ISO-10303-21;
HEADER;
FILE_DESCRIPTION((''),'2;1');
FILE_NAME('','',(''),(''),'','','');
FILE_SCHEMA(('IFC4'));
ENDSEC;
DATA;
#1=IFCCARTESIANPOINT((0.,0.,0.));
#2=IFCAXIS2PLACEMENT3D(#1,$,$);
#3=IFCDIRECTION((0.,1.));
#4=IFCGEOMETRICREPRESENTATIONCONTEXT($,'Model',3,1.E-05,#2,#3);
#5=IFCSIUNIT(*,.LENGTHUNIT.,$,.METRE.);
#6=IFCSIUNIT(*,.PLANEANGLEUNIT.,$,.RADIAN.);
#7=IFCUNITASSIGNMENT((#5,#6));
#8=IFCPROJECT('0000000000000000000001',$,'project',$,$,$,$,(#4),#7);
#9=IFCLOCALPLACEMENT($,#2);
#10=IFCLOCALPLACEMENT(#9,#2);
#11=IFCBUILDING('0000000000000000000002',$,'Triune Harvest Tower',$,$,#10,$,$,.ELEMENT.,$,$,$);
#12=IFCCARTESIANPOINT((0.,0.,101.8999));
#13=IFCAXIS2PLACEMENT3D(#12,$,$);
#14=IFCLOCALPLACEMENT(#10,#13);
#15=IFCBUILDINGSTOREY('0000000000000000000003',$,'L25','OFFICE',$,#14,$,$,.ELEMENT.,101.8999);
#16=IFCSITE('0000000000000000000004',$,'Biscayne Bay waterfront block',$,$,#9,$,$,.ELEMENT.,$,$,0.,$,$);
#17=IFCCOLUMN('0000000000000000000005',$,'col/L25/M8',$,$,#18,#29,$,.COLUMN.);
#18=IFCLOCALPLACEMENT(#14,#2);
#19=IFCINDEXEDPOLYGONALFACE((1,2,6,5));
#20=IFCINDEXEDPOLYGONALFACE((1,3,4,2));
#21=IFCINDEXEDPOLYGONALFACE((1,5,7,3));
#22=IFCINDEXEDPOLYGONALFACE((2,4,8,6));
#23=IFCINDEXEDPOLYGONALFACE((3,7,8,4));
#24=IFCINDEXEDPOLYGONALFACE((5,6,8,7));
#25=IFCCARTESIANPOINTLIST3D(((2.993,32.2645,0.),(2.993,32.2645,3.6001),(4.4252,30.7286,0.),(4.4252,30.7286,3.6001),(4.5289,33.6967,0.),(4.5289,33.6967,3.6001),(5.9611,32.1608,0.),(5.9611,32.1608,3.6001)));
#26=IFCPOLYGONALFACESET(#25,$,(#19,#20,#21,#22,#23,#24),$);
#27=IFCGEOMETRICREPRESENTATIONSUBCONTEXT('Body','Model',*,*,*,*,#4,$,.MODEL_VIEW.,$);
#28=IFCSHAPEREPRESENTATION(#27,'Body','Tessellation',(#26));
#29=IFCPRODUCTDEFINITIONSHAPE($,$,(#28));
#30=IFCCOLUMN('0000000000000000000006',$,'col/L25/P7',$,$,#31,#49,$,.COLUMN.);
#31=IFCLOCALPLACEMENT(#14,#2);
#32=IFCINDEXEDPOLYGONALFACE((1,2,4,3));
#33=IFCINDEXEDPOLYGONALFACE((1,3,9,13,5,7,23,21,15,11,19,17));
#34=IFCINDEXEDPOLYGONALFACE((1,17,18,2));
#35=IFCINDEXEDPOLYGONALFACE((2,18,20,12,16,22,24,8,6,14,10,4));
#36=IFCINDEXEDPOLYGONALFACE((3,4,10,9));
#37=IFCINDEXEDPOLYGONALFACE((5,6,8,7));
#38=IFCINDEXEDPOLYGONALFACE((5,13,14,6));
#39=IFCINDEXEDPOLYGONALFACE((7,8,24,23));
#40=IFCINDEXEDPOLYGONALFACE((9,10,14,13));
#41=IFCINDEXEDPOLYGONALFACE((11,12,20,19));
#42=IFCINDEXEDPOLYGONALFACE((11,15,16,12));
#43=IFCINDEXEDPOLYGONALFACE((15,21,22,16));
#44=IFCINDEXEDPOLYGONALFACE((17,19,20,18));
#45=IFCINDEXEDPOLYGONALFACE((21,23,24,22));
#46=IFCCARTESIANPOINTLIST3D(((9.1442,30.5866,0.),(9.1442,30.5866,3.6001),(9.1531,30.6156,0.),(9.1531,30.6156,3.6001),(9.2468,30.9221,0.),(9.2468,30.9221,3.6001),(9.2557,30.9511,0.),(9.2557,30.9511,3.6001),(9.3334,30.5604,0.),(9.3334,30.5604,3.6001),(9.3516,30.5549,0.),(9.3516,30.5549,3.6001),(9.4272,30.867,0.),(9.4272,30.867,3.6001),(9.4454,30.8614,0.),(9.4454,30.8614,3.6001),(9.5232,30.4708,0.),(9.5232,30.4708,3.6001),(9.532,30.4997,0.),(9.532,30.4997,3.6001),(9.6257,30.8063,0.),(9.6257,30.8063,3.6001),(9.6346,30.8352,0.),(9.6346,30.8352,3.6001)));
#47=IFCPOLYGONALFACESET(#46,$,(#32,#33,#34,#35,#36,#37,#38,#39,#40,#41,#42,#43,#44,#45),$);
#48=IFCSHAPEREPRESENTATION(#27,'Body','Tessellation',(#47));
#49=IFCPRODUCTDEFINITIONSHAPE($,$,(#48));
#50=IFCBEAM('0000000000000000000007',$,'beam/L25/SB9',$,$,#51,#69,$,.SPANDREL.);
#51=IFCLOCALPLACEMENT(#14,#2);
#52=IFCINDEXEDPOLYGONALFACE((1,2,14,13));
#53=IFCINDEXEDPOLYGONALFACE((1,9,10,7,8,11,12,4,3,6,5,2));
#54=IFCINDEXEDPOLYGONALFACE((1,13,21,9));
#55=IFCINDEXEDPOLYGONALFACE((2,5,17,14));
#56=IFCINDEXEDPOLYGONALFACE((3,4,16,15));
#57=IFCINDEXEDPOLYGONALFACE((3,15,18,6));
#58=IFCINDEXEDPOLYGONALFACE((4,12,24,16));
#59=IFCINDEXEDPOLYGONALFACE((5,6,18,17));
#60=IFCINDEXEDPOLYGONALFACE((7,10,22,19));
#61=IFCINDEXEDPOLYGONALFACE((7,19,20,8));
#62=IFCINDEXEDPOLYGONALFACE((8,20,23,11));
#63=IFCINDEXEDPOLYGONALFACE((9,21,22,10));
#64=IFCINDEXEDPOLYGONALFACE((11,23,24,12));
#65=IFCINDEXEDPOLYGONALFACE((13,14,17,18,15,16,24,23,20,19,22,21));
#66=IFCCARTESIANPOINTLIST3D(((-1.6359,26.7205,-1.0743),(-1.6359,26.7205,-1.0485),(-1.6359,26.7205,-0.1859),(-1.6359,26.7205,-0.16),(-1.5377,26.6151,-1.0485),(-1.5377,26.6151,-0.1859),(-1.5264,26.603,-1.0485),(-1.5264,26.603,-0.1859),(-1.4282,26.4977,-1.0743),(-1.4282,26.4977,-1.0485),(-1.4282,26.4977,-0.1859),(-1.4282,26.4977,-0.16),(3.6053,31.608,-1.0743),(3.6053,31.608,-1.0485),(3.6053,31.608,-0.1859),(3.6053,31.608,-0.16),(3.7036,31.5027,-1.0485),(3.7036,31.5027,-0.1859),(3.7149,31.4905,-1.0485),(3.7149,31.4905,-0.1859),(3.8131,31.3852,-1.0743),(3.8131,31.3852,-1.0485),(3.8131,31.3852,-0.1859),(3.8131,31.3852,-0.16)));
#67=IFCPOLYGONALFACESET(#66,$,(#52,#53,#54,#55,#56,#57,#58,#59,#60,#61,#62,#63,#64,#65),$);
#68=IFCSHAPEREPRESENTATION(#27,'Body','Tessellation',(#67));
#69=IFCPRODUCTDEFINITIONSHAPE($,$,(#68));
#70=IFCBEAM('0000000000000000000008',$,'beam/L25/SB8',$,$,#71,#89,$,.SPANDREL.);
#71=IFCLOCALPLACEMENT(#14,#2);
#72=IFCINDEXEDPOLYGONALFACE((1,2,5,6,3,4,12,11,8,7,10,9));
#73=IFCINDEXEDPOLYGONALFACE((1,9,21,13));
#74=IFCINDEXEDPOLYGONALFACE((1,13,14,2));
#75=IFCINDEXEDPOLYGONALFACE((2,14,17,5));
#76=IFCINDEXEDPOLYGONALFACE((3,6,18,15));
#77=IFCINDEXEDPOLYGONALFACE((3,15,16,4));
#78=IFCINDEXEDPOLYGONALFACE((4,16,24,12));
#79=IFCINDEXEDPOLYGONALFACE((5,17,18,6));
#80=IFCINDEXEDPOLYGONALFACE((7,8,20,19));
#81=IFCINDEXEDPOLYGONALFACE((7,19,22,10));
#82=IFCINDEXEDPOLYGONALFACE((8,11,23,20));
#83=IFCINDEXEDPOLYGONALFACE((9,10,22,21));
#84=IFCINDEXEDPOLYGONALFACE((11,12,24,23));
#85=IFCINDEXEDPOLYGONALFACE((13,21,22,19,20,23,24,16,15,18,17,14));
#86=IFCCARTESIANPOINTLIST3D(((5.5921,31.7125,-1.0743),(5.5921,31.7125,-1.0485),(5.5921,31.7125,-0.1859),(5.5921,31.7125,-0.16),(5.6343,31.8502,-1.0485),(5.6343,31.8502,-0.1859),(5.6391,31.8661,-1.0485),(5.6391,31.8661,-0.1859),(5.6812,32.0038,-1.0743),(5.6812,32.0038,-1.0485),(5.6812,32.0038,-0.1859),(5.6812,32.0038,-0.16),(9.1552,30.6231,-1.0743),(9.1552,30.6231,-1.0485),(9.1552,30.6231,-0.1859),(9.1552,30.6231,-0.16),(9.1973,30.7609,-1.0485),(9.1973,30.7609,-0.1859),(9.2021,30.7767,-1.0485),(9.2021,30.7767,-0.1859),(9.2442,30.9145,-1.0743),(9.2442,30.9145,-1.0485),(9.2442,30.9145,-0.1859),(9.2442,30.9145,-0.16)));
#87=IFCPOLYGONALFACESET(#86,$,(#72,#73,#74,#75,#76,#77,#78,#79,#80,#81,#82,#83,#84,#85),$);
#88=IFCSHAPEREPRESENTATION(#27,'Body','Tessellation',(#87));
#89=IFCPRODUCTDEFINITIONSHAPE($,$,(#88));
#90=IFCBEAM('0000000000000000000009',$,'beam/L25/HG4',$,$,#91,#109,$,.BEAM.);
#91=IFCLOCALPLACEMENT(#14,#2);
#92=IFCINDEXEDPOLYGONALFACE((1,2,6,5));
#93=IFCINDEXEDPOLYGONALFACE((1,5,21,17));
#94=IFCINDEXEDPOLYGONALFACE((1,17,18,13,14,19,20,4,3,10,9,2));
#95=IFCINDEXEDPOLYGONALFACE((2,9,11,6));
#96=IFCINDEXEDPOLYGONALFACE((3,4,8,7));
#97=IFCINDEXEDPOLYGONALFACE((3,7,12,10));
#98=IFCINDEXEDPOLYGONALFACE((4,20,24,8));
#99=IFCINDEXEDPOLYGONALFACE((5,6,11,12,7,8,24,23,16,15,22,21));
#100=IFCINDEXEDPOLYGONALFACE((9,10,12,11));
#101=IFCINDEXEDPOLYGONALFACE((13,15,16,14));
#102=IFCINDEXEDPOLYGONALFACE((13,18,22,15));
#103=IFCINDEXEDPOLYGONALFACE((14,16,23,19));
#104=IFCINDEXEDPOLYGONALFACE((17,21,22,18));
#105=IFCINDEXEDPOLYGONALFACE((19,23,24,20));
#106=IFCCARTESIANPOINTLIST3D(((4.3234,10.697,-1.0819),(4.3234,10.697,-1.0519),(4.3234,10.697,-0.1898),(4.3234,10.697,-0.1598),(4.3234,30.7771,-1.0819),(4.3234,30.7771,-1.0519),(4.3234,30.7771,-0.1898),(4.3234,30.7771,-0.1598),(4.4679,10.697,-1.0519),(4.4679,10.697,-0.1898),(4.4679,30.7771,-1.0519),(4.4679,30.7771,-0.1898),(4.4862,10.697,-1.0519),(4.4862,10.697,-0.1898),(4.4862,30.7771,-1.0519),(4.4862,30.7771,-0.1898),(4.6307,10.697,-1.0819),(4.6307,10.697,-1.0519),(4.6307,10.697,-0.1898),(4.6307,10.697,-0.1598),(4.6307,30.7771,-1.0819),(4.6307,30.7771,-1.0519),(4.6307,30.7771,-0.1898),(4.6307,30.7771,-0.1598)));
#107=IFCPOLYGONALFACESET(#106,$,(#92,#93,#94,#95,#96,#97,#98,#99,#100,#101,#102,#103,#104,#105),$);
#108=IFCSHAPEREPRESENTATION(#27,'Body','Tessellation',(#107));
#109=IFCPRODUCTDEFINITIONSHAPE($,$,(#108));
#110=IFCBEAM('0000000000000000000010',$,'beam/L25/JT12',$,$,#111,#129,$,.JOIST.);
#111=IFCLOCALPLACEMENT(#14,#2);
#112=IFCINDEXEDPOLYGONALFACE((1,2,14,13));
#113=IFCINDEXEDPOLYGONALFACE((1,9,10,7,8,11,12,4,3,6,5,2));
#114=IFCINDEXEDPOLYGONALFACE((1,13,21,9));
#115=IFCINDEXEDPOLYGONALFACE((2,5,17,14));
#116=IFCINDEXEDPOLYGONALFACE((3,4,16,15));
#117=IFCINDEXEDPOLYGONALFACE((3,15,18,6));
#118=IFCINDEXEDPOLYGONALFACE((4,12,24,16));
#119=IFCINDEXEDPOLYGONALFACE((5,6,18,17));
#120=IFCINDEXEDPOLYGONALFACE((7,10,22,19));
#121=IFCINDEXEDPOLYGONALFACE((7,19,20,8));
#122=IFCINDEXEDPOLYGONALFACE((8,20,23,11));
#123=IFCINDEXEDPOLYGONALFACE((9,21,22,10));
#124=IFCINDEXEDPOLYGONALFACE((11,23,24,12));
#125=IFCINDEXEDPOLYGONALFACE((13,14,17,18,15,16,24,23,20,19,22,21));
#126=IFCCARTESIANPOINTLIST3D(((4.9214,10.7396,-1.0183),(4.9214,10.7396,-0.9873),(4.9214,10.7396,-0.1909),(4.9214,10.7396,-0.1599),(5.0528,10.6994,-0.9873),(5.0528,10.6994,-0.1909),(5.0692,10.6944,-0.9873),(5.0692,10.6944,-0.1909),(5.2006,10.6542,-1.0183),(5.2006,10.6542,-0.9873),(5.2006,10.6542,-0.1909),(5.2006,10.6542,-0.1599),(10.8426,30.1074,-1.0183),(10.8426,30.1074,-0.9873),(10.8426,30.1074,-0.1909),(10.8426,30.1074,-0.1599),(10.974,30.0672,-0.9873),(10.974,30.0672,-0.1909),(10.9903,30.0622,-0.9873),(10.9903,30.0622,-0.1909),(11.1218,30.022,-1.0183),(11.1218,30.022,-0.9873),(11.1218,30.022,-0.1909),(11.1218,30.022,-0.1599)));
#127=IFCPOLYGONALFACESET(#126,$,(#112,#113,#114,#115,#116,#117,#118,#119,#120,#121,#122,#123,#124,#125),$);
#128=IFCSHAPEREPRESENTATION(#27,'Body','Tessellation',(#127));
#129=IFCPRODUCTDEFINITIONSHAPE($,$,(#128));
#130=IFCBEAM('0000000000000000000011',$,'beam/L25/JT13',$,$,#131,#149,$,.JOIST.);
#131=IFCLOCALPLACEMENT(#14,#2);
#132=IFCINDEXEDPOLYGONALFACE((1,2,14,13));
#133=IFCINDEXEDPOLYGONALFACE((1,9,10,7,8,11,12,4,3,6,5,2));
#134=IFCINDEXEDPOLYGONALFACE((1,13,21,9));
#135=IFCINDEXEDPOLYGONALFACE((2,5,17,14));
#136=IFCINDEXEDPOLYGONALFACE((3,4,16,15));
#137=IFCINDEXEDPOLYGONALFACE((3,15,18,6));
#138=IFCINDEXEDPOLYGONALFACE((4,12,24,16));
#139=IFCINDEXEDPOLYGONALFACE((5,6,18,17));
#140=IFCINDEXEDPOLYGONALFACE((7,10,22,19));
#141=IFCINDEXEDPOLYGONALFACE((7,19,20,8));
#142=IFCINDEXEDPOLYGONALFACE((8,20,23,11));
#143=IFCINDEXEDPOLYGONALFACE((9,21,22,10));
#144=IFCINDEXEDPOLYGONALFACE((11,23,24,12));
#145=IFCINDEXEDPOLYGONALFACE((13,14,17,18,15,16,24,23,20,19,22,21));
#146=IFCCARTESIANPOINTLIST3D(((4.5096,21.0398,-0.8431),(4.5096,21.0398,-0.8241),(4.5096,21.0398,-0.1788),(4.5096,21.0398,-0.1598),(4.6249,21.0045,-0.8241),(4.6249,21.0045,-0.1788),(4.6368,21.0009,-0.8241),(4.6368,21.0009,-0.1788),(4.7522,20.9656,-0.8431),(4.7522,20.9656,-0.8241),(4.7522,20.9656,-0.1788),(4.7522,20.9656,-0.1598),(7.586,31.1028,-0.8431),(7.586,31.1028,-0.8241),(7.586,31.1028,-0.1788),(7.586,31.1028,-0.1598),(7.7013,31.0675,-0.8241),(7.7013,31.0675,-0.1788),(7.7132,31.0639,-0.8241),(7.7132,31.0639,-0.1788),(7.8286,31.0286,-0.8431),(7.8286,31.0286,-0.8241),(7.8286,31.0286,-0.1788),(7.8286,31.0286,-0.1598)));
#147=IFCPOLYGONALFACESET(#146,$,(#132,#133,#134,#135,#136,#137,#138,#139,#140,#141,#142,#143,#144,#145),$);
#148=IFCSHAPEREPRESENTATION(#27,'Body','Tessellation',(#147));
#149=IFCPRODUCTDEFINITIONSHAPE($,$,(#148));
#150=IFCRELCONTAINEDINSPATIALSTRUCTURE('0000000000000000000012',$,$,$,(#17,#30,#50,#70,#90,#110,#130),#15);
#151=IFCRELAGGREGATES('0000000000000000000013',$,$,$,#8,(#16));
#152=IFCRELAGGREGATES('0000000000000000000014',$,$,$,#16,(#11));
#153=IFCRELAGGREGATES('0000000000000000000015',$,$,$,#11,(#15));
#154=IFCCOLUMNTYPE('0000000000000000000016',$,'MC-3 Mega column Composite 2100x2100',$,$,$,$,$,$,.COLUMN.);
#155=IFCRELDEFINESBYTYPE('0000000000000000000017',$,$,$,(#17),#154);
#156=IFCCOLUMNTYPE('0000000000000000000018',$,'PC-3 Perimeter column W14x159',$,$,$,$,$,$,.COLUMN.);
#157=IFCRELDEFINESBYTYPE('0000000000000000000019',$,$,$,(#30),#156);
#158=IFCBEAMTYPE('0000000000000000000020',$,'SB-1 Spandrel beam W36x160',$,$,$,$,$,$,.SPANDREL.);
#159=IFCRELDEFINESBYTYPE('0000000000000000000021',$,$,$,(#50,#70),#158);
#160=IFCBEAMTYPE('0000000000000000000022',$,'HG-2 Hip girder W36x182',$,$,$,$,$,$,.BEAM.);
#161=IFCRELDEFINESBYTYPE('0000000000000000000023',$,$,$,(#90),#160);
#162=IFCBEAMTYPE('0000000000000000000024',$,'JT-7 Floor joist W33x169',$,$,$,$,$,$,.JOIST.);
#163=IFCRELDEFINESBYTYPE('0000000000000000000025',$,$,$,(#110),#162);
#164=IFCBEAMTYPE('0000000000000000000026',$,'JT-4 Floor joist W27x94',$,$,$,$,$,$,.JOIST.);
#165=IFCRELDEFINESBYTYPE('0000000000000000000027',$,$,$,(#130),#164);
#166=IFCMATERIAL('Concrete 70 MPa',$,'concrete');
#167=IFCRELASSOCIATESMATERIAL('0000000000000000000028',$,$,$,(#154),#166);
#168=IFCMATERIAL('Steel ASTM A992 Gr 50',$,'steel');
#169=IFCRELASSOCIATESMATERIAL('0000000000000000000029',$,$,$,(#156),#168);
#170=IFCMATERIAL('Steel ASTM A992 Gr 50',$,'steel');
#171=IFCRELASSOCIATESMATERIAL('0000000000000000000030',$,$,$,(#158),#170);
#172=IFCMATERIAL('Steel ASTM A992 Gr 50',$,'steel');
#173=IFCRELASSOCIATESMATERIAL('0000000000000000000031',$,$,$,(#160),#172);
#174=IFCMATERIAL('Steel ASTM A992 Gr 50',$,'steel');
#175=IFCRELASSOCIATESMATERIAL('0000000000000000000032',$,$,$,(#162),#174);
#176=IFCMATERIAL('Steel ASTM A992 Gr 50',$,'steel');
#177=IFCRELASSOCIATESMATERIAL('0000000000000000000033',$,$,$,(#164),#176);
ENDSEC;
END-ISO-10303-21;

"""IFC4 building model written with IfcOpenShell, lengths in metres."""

from ifc_helpers import new_model, si_unit, direction, frame, origin, origin_2d, place, context, subcontext, project, spatial, rectangle, i_section, extrude, source, transform, mapped, material, material_profile, profile_set, type_object, element, save


model = new_model("IFC4")

# Units and contexts
model_context = context("Model", 3, precision=1e-05, world=origin(), true_north=direction((0.0, 1.0)))
body_context = subcontext(model_context, "Body", "Model", "MODEL_VIEW")
ifc_project = project(units=[si_unit("LENGTHUNIT", "METRE"), si_unit("PLANEANGLEUNIT", "RADIAN")], contexts=[model_context])

# Site, building, storey
site_placement = place(None, origin())
site = spatial("IfcSite", under=ifc_project, at=site_placement, Name="Biscayne Bay waterfront block", CompositionType="ELEMENT", RefElevation=0.0)
building_placement = place(site_placement, origin())
building = spatial("IfcBuilding", under=site, at=building_placement, Name="Triune Harvest Tower", CompositionType="ELEMENT")
storey_placement = place(building_placement, frame((0.0, 0.0, 101.8999)))
storey = spatial("IfcBuildingStorey", under=building, at=storey_placement, Name="L25", Description="OFFICE", CompositionType="ELEMENT", Elevation=101.8999)

# Columns
ifc_material_1 = material(Name="Concrete 70 MPa", Category="concrete")
ifc_material_profile_1 = material_profile(ifc_material_1, rectangle(XDim=2.1001, YDim=2.1001, at=origin_2d()), Name="Composite 2100x2100")
ifc_profile_set_1 = profile_set([ifc_material_profile_1], Name="Concrete 70 MPa")
column_type_1 = type_object("IfcColumnType", Name="MC-3 Mega column Composite 2100x2100", PredefinedType="COLUMN", material=ifc_profile_set_1)
shared_shape_1 = source(origin(), body_context, "Body", "SweptSolid", [
    extrude(rectangle(XDim=2.1001, YDim=2.1001, at=origin_2d()), origin(), (0.0, 0.0, 1.0), 3.6001),
])
column_1_placement = place(storey_placement, frame((4.4771, 32.2126, 0.0), z_axis=(0.0, 0.0, 1.0), x_axis=(-0.731355, -0.681997, 0.0)))
element("IfcColumn", 1, at=column_1_placement, inside=storey, type_object=column_type_1, Name="col/L25/M8", PredefinedType="COLUMN", context=body_context, shape_type="MappedRepresentation", body=[
    mapped(shared_shape_1, transform((0.0, 0.0, 0.0), scale=1.0)),
])
ifc_material_2 = material(Name="Steel ASTM A992 Gr 50", Category="steel")
ifc_material_profile_2 = material_profile(ifc_material_2, i_section(OverallWidth=0.3962, OverallDepth=0.3811, WebThickness=0.019, FlangeThickness=0.0303, at=origin_2d()), Name="W14x159")
ifc_profile_set_2 = profile_set([ifc_material_profile_2], Name="Steel ASTM A992 Gr 50")
column_type_2 = type_object("IfcColumnType", Name="PC-3 Perimeter column W14x159", PredefinedType="COLUMN", material=ifc_profile_set_2)
shared_shape_2 = source(origin(), body_context, "Body", "SweptSolid", [
    extrude(i_section(OverallWidth=0.3962, OverallDepth=0.3811, WebThickness=0.019, FlangeThickness=0.0303, at=origin_2d()), origin(), (0.0, 0.0, 1.0), 3.6001),
])
column_2_placement = place(storey_placement, frame((9.3894, 30.7109, 0.0), z_axis=(0.0, 0.0, 1.0), x_axis=(-0.956305, 0.292372, 0.0)))
element("IfcColumn", 2, at=column_2_placement, inside=storey, type_object=column_type_2, Name="col/L25/P7", PredefinedType="COLUMN", context=body_context, shape_type="MappedRepresentation", body=[
    mapped(shared_shape_2, transform((0.0, 0.0, 0.0), scale=1.0)),
])

# Beams
ifc_material_3 = material(Name="Steel ASTM A992 Gr 50", Category="steel")
ifc_material_profile_3 = material_profile(ifc_material_3, i_section(OverallWidth=0.3047, OverallDepth=0.9143, WebThickness=0.0166, FlangeThickness=0.0259, at=origin_2d()), Name="W36x160")
ifc_profile_set_3 = profile_set([ifc_material_profile_3], Name="Steel ASTM A992 Gr 50")
beam_type_1 = type_object("IfcBeamType", Name="SB-1 Spandrel beam W36x160", PredefinedType="SPANDREL", material=ifc_profile_set_3)
shared_shape_3 = source(origin(), body_context, "Body", "SweptSolid", [
    extrude(i_section(OverallWidth=0.3047, OverallDepth=0.9143, WebThickness=0.0166, FlangeThickness=0.0259, at=origin_2d()), origin(), (0.0, 0.0, 1.0), 7.1665),
])
beam_1_placement = place(storey_placement, frame((3.7092, 31.4966, -0.6172), z_axis=(-0.731358, -0.681994, 0.0), x_axis=(0.681994, -0.731358, 0.0)))
element("IfcBeam", 3, at=beam_1_placement, inside=storey, type_object=beam_type_1, Name="beam/L25/SB9", PredefinedType="SPANDREL", context=body_context, shape_type="MappedRepresentation", body=[
    mapped(shared_shape_3, transform((0.0, 0.0, 0.0), scale=1.0)),
])
shared_shape_4 = source(origin(), body_context, "Body", "SweptSolid", [
    extrude(i_section(OverallWidth=0.3047, OverallDepth=0.9143, WebThickness=0.0166, FlangeThickness=0.0259, at=origin_2d()), origin(), (0.0, 0.0, 1.0), 3.7258),
])
beam_2_placement = place(storey_placement, frame((9.1997, 30.7688, -0.6172), z_axis=(-0.956302, 0.292382, 0.0), x_axis=(-0.292382, -0.956302, 0.0)))
element("IfcBeam", 4, at=beam_2_placement, inside=storey, type_object=beam_type_1, Name="beam/L25/SB8", PredefinedType="SPANDREL", context=body_context, shape_type="MappedRepresentation", body=[
    mapped(shared_shape_4, transform((0.0, 0.0, 0.0), scale=1.0)),
])
ifc_material_4 = material(Name="Steel ASTM A992 Gr 50", Category="steel")
ifc_material_profile_4 = material_profile(ifc_material_4, i_section(OverallWidth=0.3074, OverallDepth=0.9221, WebThickness=0.0183, FlangeThickness=0.03, at=origin_2d()), Name="W36x182")
ifc_profile_set_4 = profile_set([ifc_material_profile_4], Name="Steel ASTM A992 Gr 50")
beam_type_2 = type_object("IfcBeamType", Name="HG-2 Hip girder W36x182", PredefinedType="BEAM", material=ifc_profile_set_4)
shared_shape_5 = source(origin(), body_context, "Body", "SweptSolid", [
    extrude(i_section(OverallWidth=0.3074, OverallDepth=0.9221, WebThickness=0.0183, FlangeThickness=0.03, at=origin_2d()), origin(), (0.0, 0.0, 1.0), 20.0801),
])
beam_3_placement = place(storey_placement, frame((4.4771, 30.7771, -0.6208), z_axis=(0.0, -1.0, 0.0), x_axis=(1.0, 0.0, 0.0)))
element("IfcBeam", 5, at=beam_3_placement, inside=storey, type_object=beam_type_2, Name="beam/L25/HG4", PredefinedType="BEAM", context=body_context, shape_type="MappedRepresentation", body=[
    mapped(shared_shape_5, transform((0.0, 0.0, 0.0), scale=1.0)),
])
ifc_material_5 = material(Name="Steel ASTM A992 Gr 50", Category="steel")
ifc_material_profile_5 = material_profile(ifc_material_5, i_section(OverallWidth=0.292, OverallDepth=0.8584, WebThickness=0.0171, FlangeThickness=0.031, at=origin_2d()), Name="W33x169")
ifc_profile_set_5 = profile_set([ifc_material_profile_5], Name="Steel ASTM A992 Gr 50")
beam_type_3 = type_object("IfcBeamType", Name="JT-7 Floor joist W33x169", PredefinedType="JOIST", material=ifc_profile_set_5)
shared_shape_6 = source(origin(), body_context, "Body", "SweptSolid", [
    extrude(i_section(OverallWidth=0.292, OverallDepth=0.8584, WebThickness=0.0171, FlangeThickness=0.031, at=origin_2d()), origin(), (0.0, 0.0, 1.0), 20.2527),
])
beam_4_placement = place(storey_placement, frame((10.9822, 30.0647, -0.5891), z_axis=(-0.292365, -0.956307, 0.0), x_axis=(0.956307, -0.292365, 0.0)))
element("IfcBeam", 6, at=beam_4_placement, inside=storey, type_object=beam_type_3, Name="beam/L25/JT12", PredefinedType="JOIST", context=body_context, shape_type="MappedRepresentation", body=[
    mapped(shared_shape_6, transform((0.0, 0.0, 0.0), scale=1.0)),
])
ifc_material_6 = material(Name="Steel ASTM A992 Gr 50", Category="steel")
ifc_material_profile_6 = material_profile(ifc_material_6, i_section(OverallWidth=0.2537, OverallDepth=0.6833, WebThickness=0.0125, FlangeThickness=0.019, at=origin_2d()), Name="W27x94")
ifc_profile_set_6 = profile_set([ifc_material_profile_6], Name="Steel ASTM A992 Gr 50")
beam_type_4 = type_object("IfcBeamType", Name="JT-4 Floor joist W27x94", PredefinedType="JOIST", material=ifc_profile_set_6)
shared_shape_7 = source(origin(), body_context, "Body", "SweptSolid", [
    extrude(i_section(OverallWidth=0.2537, OverallDepth=0.6833, WebThickness=0.0125, FlangeThickness=0.019, at=origin_2d()), origin(), (0.0, 0.0, 1.0), 10.5227),
])
beam_5_placement = place(storey_placement, frame((7.7073, 31.0657, -0.5015), z_axis=(-0.292359, -0.956309, 0.0), x_axis=(0.956309, -0.292359, 0.0)))
element("IfcBeam", 7, at=beam_5_placement, inside=storey, type_object=beam_type_4, Name="beam/L25/JT13", PredefinedType="JOIST", context=body_context, shape_type="MappedRepresentation", body=[
    mapped(shared_shape_7, transform((0.0, 0.0, 0.0), scale=1.0)),
])

save(model, "model.ifc")
